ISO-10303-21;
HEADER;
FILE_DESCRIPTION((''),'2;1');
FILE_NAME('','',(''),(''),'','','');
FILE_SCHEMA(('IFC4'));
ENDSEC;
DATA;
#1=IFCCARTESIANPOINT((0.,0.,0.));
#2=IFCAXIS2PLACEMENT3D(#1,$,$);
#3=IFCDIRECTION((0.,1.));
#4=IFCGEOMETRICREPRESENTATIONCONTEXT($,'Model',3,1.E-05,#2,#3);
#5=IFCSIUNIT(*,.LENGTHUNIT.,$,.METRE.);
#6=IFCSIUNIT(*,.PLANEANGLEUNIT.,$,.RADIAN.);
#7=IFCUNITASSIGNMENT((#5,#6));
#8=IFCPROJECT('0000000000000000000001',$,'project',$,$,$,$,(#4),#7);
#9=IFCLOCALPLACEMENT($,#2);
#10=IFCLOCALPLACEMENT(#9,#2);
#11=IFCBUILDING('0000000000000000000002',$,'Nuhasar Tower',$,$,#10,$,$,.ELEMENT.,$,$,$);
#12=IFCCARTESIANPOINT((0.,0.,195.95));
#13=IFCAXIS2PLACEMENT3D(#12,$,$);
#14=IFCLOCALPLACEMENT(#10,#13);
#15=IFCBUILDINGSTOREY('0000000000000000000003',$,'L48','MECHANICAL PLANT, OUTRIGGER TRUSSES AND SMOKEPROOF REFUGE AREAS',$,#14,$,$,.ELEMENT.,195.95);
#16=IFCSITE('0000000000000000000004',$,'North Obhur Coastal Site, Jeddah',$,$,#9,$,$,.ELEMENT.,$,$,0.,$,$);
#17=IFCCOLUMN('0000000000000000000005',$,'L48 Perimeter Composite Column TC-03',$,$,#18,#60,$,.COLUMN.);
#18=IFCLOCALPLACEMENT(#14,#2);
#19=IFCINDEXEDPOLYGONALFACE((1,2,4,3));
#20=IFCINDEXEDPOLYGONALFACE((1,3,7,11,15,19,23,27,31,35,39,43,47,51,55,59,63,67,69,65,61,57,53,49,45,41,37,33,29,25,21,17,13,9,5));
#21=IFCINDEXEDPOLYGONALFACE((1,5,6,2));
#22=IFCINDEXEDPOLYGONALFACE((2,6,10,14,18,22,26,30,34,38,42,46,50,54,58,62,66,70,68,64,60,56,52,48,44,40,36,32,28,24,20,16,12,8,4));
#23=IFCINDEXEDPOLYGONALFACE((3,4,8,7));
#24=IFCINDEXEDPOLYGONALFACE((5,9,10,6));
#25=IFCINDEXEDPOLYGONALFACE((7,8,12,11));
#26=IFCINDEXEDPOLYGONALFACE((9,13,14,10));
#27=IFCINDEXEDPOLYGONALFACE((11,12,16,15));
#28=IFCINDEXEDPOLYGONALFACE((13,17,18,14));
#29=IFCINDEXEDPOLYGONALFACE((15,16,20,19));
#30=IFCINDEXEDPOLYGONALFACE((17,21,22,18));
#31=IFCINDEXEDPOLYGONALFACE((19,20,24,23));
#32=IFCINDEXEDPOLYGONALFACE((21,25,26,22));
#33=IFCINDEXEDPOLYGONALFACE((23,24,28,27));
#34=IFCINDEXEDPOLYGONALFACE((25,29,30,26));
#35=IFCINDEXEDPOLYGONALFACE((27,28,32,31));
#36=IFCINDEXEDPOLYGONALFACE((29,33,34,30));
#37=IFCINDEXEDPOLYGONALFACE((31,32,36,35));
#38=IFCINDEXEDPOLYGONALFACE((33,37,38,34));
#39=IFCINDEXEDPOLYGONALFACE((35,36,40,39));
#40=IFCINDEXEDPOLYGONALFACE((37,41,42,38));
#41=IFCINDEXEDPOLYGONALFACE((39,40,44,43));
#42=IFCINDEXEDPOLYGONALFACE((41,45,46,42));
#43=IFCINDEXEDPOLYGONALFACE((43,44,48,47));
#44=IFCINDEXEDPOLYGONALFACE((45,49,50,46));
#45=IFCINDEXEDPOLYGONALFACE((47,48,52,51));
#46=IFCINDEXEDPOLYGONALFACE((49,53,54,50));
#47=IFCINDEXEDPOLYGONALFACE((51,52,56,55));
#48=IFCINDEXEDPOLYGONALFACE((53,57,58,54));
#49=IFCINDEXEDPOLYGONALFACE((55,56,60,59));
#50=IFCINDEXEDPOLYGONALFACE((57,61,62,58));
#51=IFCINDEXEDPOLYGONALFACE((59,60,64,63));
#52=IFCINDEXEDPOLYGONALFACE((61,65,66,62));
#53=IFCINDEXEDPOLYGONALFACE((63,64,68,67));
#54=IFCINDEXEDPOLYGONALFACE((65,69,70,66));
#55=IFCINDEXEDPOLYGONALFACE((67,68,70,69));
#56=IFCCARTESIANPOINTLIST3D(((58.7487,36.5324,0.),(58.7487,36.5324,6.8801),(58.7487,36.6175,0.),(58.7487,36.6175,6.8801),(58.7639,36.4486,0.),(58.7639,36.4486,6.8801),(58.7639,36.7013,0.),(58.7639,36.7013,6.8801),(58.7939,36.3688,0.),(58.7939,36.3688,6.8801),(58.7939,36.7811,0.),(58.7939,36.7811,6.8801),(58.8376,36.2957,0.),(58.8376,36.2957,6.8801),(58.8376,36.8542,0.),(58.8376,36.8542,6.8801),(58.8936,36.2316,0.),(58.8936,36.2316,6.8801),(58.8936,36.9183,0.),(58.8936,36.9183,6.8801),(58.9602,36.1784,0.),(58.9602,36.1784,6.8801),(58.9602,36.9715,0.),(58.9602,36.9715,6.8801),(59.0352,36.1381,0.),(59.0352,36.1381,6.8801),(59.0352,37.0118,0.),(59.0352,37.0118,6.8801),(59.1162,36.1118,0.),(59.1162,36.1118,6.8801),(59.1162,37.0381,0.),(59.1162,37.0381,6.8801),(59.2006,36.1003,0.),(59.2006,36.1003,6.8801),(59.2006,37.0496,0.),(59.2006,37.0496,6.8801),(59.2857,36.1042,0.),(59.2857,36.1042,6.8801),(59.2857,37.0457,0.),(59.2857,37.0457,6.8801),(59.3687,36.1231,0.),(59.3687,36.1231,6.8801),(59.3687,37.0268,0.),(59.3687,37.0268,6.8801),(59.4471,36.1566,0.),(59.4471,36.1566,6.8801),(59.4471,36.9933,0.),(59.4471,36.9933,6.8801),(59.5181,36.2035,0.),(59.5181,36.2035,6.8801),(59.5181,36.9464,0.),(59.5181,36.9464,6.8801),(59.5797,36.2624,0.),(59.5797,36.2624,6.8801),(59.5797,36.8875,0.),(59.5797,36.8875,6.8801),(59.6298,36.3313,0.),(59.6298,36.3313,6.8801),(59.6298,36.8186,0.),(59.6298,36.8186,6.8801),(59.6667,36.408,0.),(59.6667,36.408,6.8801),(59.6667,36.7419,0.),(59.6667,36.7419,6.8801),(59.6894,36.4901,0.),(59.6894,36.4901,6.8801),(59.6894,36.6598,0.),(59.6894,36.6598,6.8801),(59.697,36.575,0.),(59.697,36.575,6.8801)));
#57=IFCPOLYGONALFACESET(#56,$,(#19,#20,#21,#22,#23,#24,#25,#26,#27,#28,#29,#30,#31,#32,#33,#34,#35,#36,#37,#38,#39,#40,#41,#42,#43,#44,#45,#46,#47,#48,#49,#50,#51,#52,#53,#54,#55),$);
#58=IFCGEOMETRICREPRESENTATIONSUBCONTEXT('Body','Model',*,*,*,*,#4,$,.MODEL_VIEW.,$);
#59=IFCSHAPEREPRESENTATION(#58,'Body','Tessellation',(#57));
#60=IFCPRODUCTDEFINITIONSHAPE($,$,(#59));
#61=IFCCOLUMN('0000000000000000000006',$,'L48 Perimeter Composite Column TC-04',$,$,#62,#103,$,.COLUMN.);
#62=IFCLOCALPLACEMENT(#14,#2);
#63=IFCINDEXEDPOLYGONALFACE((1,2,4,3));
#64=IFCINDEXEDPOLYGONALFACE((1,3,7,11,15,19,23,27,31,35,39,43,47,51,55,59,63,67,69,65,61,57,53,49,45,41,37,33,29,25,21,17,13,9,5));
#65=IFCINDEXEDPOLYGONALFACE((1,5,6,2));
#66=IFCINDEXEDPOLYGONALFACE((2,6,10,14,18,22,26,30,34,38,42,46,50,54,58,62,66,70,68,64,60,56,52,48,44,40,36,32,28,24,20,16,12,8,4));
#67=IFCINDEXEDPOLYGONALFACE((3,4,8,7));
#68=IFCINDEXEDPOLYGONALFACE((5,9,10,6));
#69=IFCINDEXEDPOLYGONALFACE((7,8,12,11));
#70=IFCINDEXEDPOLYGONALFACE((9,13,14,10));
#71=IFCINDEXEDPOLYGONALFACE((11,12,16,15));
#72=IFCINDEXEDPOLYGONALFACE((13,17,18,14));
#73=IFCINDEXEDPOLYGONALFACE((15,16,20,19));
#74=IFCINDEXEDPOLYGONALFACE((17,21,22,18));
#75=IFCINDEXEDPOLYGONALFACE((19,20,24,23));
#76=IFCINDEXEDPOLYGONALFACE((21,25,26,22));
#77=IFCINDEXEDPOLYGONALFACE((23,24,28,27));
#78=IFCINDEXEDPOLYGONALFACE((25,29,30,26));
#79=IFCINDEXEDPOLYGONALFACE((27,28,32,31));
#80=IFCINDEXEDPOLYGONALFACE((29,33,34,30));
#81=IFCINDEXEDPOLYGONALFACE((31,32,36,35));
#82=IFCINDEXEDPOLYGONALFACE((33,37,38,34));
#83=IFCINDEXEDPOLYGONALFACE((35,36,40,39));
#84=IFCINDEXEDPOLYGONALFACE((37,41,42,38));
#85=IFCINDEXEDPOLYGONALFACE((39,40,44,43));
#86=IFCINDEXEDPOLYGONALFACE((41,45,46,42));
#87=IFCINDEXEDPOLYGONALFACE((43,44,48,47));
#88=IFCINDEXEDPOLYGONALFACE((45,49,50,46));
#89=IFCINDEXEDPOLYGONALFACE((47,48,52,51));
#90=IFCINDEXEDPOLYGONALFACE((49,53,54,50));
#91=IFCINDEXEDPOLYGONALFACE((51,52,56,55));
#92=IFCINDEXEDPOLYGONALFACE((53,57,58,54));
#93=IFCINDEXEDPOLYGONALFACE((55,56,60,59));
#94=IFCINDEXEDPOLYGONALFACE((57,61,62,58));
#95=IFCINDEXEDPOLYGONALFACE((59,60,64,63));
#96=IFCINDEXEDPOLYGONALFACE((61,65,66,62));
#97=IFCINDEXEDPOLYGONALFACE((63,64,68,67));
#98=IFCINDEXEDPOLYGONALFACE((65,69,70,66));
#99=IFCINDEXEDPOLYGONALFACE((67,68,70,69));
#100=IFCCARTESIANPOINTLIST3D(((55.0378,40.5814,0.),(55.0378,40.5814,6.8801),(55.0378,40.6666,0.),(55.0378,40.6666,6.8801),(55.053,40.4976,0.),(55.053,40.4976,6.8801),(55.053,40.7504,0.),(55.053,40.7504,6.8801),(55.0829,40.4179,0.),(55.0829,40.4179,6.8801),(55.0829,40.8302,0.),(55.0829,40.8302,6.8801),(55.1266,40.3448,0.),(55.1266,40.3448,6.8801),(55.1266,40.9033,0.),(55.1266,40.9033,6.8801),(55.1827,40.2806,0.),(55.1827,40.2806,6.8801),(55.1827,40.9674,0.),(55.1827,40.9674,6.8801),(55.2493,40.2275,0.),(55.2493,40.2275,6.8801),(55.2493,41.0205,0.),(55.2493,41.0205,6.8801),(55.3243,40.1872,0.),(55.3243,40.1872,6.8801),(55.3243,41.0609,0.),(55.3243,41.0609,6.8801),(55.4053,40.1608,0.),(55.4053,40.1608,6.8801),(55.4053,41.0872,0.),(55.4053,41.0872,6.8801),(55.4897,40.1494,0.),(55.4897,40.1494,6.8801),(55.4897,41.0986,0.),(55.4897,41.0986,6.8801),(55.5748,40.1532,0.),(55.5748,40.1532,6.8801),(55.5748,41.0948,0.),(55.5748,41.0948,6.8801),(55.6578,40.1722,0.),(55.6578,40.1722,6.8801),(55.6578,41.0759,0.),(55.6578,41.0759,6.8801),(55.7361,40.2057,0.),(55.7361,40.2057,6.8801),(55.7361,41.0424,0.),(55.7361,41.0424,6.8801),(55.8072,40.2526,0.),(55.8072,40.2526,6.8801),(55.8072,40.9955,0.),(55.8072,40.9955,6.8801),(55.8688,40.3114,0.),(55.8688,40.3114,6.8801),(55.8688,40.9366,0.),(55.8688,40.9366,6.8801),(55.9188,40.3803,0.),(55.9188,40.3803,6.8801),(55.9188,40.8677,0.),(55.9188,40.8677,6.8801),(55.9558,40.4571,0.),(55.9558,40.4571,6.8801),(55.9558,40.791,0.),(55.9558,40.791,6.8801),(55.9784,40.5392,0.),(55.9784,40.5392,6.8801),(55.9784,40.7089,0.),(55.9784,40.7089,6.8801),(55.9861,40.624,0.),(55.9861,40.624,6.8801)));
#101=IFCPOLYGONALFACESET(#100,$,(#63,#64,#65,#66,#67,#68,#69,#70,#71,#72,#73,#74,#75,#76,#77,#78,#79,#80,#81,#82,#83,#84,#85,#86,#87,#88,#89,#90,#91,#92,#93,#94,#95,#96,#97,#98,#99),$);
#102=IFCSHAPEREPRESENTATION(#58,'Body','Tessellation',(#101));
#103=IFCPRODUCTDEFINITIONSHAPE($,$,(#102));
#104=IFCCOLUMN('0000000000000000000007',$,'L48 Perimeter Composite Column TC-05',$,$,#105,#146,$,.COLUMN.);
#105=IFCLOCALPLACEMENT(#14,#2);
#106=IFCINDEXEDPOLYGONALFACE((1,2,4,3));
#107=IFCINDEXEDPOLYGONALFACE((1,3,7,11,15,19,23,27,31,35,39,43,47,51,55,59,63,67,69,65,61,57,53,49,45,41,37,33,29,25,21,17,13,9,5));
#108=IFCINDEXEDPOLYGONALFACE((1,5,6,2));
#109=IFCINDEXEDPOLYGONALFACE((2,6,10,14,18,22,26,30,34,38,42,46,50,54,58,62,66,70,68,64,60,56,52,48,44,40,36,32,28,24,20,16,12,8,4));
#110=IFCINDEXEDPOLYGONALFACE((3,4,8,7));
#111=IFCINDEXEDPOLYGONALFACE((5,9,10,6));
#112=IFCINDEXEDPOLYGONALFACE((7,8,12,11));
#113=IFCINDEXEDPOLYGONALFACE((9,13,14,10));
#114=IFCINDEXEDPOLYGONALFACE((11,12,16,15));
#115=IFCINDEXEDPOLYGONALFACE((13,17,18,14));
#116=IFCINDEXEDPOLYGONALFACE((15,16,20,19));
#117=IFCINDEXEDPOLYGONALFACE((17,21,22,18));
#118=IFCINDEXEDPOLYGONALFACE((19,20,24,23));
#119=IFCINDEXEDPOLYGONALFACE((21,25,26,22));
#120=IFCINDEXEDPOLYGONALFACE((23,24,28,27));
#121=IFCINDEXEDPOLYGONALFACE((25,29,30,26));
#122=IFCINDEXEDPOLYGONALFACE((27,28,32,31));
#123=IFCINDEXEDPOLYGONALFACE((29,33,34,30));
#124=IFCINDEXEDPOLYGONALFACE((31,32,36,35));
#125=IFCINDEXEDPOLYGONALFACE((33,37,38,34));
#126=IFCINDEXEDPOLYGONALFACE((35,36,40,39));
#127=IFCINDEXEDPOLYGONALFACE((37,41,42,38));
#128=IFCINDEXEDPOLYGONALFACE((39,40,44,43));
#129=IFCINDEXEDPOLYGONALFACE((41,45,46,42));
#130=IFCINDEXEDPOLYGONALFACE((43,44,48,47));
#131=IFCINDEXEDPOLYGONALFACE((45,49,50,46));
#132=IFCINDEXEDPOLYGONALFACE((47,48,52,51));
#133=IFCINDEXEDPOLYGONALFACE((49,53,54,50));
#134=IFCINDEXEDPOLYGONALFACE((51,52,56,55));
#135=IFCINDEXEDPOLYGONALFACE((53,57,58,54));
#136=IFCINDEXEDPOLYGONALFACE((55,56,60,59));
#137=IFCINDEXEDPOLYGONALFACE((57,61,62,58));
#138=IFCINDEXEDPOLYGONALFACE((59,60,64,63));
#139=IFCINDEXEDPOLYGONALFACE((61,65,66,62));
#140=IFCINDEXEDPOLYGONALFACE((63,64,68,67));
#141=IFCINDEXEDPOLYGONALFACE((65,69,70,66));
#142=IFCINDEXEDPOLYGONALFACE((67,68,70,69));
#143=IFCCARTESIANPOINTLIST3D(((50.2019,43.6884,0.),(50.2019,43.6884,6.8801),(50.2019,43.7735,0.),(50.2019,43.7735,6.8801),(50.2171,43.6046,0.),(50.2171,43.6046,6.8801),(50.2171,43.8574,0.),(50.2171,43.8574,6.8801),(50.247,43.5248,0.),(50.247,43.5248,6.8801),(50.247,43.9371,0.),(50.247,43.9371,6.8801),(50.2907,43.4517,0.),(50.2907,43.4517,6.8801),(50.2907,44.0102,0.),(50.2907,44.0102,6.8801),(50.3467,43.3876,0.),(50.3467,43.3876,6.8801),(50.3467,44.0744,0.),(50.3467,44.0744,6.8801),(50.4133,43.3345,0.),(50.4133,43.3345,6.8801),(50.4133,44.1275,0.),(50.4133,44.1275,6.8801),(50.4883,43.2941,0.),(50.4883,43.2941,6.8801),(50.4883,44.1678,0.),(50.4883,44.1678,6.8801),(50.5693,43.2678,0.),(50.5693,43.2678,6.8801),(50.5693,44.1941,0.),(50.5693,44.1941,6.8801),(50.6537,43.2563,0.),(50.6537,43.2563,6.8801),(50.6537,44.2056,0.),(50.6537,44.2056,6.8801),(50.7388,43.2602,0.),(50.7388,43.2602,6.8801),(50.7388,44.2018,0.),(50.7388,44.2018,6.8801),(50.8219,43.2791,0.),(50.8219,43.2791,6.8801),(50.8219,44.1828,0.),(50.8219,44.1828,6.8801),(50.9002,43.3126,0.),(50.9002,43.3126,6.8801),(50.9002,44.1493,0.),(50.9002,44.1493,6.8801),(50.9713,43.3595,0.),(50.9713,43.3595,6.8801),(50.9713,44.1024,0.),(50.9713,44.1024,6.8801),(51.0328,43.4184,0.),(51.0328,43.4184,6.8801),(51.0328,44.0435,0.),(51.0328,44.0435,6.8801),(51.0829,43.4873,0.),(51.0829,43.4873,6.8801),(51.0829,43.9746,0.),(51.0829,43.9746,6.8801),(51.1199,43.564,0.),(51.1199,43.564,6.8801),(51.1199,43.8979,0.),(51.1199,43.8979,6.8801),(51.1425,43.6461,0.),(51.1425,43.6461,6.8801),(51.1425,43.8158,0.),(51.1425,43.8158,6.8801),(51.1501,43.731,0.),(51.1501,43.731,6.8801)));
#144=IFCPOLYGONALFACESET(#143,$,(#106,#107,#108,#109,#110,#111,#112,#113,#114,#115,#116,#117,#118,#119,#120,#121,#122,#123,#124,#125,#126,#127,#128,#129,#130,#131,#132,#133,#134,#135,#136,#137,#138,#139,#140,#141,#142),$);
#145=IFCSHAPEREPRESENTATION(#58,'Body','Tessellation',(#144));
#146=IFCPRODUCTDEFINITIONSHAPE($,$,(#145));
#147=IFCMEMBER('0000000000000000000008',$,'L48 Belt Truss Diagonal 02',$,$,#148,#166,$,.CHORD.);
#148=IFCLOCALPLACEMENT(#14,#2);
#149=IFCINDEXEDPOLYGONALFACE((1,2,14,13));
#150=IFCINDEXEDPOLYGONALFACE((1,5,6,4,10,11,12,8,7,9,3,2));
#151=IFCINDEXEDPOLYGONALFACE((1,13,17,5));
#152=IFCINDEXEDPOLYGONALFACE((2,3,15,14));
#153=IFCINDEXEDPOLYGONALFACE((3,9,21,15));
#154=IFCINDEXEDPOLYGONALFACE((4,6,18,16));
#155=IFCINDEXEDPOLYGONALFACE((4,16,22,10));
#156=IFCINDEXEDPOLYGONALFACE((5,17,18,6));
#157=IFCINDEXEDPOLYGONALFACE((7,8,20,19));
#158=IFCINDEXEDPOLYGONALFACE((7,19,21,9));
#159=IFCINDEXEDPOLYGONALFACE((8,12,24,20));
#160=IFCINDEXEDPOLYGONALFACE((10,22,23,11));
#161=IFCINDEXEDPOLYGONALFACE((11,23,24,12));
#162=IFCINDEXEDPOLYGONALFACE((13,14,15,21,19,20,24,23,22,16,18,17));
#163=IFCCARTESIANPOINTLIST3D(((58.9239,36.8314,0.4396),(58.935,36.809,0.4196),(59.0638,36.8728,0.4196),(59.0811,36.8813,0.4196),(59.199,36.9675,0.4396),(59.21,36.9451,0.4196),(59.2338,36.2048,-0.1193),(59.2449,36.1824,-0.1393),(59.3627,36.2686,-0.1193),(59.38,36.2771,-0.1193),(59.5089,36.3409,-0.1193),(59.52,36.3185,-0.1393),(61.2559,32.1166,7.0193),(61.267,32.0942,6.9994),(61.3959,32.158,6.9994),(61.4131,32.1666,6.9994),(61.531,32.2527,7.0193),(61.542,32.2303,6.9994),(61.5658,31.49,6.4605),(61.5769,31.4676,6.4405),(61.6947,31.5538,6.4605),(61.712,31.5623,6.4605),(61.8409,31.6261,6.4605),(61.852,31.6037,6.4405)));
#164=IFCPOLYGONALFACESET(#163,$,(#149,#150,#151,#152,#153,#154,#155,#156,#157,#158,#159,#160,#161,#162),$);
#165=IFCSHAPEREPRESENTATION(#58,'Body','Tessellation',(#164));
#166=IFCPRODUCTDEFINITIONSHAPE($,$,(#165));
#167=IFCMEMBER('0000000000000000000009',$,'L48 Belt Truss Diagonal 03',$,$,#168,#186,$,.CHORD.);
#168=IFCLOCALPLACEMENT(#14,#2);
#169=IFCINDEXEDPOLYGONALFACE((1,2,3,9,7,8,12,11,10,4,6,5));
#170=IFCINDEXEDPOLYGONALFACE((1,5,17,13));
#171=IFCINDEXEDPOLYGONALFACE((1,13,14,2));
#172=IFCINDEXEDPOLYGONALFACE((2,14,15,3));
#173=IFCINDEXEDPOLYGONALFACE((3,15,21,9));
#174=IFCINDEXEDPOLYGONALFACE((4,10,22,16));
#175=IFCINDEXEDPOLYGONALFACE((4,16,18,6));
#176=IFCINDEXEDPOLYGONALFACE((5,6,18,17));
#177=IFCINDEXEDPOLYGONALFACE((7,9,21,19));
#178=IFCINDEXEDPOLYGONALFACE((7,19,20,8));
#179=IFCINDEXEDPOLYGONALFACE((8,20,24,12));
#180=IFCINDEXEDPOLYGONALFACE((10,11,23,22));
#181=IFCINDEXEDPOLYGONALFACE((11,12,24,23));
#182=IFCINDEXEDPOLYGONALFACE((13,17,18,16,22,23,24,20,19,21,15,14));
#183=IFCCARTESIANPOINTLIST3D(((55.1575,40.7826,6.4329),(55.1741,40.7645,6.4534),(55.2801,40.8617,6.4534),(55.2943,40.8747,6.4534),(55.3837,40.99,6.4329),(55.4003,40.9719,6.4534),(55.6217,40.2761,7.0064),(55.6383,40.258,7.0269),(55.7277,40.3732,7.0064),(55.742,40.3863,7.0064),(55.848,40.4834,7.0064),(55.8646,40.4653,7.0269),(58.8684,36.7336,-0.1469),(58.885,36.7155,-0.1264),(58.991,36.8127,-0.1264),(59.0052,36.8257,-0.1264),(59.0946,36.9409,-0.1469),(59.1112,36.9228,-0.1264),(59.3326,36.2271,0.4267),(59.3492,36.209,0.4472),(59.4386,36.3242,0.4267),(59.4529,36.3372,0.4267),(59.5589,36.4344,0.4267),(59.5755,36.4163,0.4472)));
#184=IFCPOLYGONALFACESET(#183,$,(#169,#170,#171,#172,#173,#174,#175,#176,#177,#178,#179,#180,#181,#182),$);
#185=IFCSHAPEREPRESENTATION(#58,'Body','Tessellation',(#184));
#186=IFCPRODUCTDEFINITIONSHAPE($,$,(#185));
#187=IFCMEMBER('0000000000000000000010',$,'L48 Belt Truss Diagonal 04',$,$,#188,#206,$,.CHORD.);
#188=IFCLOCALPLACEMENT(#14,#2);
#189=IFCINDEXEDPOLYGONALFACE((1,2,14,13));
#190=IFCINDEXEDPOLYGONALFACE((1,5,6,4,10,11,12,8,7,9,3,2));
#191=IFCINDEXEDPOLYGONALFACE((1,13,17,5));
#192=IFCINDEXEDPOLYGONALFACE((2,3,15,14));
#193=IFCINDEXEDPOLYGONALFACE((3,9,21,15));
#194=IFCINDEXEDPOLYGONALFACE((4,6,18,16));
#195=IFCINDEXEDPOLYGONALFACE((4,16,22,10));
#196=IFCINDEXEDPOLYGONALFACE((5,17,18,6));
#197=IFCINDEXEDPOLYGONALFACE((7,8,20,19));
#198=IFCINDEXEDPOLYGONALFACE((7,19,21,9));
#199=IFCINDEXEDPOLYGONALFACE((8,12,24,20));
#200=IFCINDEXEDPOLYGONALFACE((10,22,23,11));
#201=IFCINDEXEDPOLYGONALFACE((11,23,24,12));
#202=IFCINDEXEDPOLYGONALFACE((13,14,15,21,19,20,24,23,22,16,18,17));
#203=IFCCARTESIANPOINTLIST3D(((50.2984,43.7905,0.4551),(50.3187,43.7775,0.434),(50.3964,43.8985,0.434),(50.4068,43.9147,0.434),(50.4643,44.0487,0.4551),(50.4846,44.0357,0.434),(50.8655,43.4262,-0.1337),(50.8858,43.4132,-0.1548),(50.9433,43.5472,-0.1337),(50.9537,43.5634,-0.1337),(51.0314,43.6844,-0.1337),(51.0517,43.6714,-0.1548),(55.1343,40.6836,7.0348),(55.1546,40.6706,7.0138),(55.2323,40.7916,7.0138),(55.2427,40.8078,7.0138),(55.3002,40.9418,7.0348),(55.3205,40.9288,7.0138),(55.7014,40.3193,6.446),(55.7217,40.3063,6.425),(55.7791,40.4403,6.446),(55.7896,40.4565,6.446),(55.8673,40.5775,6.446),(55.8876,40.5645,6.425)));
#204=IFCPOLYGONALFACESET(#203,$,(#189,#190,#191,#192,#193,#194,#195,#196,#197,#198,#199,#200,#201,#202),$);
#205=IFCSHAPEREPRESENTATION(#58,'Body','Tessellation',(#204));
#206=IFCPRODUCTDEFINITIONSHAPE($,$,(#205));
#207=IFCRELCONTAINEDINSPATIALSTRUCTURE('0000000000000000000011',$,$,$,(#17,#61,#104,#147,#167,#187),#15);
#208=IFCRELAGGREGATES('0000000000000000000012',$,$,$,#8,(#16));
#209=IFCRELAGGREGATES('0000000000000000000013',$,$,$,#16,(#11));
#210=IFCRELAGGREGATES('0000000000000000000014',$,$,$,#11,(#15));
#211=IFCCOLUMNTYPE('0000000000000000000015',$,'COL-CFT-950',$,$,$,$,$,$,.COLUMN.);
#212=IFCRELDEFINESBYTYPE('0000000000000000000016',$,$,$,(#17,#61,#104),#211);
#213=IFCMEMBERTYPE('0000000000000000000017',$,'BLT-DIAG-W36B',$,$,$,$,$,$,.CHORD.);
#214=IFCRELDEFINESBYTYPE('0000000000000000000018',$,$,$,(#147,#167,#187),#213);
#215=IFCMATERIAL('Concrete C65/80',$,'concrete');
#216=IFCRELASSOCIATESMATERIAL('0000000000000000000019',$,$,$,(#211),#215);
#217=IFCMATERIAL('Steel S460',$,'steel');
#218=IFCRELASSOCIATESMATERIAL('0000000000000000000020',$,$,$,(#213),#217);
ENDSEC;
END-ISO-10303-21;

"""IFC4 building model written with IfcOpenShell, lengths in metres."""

from ifc_helpers import new_model, si_unit, direction, frame, origin, origin_2d, place, context, subcontext, project, spatial, circle, i_section, extrude, material, material_profile, profile_set, type_object, element, save


model = new_model("IFC4")

# Units and contexts
model_context = context("Model", 3, precision=1e-05, world=origin(), true_north=direction((0.0, 1.0)))
body_context = subcontext(model_context, "Body", "Model", "MODEL_VIEW")
ifc_project = project(units=[si_unit("LENGTHUNIT", "METRE"), si_unit("PLANEANGLEUNIT", "RADIAN")], contexts=[model_context])

# Site, building, storey
site_placement = place(None, origin())
site = spatial("IfcSite", under=ifc_project, at=site_placement, Name="North Obhur Coastal Site, Jeddah", CompositionType="ELEMENT", RefElevation=0.0)
building_placement = place(site_placement, origin())
building = spatial("IfcBuilding", under=site, at=building_placement, Name="Nuhasar Tower", CompositionType="ELEMENT")
storey_placement = place(building_placement, frame((0.0, 0.0, 195.95)))
storey = spatial("IfcBuildingStorey", under=building, at=storey_placement, Name="L48", Description="MECHANICAL PLANT, OUTRIGGER TRUSSES AND SMOKEPROOF REFUGE AREAS", CompositionType="ELEMENT", Elevation=195.95)

# Columns
ifc_material_1 = material(Name="Concrete C65/80", Category="concrete")
ifc_material_profile_1 = material_profile(ifc_material_1, circle(Radius=0.4751, at=origin_2d()), Name="CFT950")
ifc_profile_set_1 = profile_set([ifc_material_profile_1], Name="Concrete C65/80")
column_type = type_object("IfcColumnType", Name="COL-CFT-950", PredefinedType="COLUMN", material=ifc_profile_set_1)
for number, where, z_axis, x_axis, name in (
    (1, (59.2219, 36.575, 0.0), (0.0, 0.0, 1.0), (1.0, 0.0, 0.0), "L48 Perimeter Composite Column TC-03"),
    (2, (55.511, 40.624, 0.0), (0.0, 0.0, 1.0), (1.0, 0.0, 0.0), "L48 Perimeter Composite Column TC-04"),
    (3, (50.675, 43.731, 0.0), (0.0, 0.0, 1.0), (1.0, 0.0, 0.0), "L48 Perimeter Composite Column TC-05"),
):
    element("IfcColumn", number, at=place(storey_placement, frame(where, z_axis=z_axis, x_axis=x_axis)), inside=storey, type_object=column_type, Name=name, PredefinedType="COLUMN", context=body_context, shape_type="SweptSolid", body=[
        extrude(circle(Radius=0.4751, at=origin_2d()), origin(), (0.0, 0.0, 1.0), 6.8801),
    ])

# Members
ifc_material_2 = material(Name="Steel S460", Category="steel")
ifc_material_profile_2 = material_profile(ifc_material_2, i_section(OverallWidth=0.3069, OverallDepth=0.927, WebThickness=0.0193, FlangeThickness=0.032, at=origin_2d()), Name="W36X194")
ifc_profile_set_2 = profile_set([ifc_material_profile_2], Name="Steel S460")
member_type_1 = type_object("IfcMemberType", Name="BLT-DIAG-W36B", PredefinedType="CHORD", material=ifc_profile_set_2)
member_1_placement = place(storey_placement, frame((59.2219, 36.575, 0.1501), z_axis=(0.276835, -0.559697, 0.78109), x_axis=(0.89635, 0.443348, 0.0)))
element("IfcMember", 4, at=member_1_placement, inside=storey, type_object=member_type_1, Name="L48 Belt Truss Diagonal 02", PredefinedType="CHORD", context=body_context, shape_type="SweptSolid", body=[
    extrude(i_section(OverallWidth=0.3069, OverallDepth=0.927, WebThickness=0.0193, FlangeThickness=0.032, at=origin_2d()), origin(), (0.0, 0.0, 1.0), 8.4238),
])
member_2_placement = place(storey_placement, frame((59.2219, 36.575, 0.1501), z_axis=(-0.43297, 0.472421, 0.767695), x_axis=(-0.737219, -0.675654, 0.0)))
element("IfcMember", 5, at=member_2_placement, inside=storey, type_object=member_type_1, Name="L48 Belt Truss Diagonal 03", PredefinedType="CHORD", context=body_context, shape_type="SweptSolid", body=[
    extrude(i_section(OverallWidth=0.3069, OverallDepth=0.927, WebThickness=0.0193, FlangeThickness=0.032, at=origin_2d()), origin(), (0.0, 0.0, 1.0), 8.5708),
])
member_3_placement = place(storey_placement, frame((50.675, 43.731, 0.1501), z_axis=(0.553507, -0.35561, 0.753108), x_axis=(0.540526, 0.841327, 0.0)))
element("IfcMember", 6, at=member_3_placement, inside=storey, type_object=member_type_1, Name="L48 Belt Truss Diagonal 04", PredefinedType="CHORD", context=body_context, shape_type="SweptSolid", body=[
    extrude(i_section(OverallWidth=0.3069, OverallDepth=0.927, WebThickness=0.0193, FlangeThickness=0.032, at=origin_2d()), origin(), (0.0, 0.0, 1.0), 8.7368),
])

save(model, "model.ifc")
